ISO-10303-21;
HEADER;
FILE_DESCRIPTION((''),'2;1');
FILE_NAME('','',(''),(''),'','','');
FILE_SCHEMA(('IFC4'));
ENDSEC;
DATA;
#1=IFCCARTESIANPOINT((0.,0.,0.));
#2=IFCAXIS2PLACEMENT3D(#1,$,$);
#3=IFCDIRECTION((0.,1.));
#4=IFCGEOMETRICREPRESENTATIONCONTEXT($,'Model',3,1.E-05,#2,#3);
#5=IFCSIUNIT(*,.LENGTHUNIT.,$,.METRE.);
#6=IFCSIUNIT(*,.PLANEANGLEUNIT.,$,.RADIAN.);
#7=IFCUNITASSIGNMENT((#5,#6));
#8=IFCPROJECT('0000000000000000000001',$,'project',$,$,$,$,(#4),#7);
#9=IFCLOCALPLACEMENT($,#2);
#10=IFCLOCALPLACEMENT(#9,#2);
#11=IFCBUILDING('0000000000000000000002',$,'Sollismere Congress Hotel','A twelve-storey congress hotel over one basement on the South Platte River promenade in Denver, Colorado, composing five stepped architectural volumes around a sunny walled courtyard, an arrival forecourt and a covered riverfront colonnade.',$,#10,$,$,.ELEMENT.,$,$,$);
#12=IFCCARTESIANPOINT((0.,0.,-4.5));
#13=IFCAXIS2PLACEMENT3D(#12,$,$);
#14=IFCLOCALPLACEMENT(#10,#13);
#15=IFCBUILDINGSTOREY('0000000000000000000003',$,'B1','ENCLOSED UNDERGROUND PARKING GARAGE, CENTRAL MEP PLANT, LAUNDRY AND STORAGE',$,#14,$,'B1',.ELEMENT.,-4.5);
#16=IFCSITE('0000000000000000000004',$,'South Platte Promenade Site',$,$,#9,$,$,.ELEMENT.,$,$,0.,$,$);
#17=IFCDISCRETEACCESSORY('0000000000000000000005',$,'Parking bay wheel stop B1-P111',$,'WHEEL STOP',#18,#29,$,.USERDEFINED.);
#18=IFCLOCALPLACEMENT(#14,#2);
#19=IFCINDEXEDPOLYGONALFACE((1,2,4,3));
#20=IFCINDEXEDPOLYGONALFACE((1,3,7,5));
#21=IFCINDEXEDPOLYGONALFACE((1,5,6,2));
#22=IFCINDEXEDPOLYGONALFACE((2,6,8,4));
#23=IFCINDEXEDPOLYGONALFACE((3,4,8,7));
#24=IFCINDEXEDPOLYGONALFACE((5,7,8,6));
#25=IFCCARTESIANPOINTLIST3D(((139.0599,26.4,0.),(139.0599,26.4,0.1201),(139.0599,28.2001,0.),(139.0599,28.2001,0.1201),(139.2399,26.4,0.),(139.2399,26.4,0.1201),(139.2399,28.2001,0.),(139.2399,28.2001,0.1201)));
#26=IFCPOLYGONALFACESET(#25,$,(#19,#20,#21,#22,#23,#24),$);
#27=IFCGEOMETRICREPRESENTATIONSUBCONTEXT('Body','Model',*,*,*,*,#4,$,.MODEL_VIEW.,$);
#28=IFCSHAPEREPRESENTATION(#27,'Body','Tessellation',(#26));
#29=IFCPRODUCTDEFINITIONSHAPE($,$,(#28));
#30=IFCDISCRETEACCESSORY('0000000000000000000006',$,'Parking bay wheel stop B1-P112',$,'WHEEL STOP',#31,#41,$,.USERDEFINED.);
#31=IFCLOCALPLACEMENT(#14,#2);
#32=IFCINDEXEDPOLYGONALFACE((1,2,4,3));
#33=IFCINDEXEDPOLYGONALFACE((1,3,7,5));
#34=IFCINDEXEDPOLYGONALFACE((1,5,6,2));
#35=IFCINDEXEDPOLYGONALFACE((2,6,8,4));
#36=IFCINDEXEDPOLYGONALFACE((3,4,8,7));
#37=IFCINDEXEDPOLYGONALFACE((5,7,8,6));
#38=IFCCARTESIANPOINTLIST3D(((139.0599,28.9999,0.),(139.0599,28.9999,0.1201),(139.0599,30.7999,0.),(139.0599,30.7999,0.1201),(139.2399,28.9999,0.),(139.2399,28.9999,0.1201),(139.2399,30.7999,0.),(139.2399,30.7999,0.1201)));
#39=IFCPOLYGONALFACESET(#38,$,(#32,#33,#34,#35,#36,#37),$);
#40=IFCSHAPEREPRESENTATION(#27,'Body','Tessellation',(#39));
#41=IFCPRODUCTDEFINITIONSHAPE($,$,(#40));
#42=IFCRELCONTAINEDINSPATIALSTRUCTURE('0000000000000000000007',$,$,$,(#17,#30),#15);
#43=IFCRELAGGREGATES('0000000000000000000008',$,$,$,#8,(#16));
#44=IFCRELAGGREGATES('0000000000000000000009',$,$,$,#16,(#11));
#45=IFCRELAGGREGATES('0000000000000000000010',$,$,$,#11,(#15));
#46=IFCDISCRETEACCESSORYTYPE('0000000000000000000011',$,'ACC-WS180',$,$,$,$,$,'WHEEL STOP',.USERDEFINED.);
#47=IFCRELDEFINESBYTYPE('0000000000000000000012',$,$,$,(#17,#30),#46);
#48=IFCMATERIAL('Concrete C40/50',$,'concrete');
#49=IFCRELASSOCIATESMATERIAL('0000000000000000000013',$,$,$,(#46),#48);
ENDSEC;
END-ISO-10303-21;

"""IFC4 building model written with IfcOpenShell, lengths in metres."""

from ifc_helpers import new_model, si_unit, direction, frame, origin, origin_2d, place, context, subcontext, project, spatial, rectangle, extrude, material, type_object, element, save


model = new_model("IFC4")

# Units and contexts
model_context = context("Model", 3, precision=1e-05, world=origin(), true_north=direction((0.0, 1.0)))
body_context = subcontext(model_context, "Body", "Model", "MODEL_VIEW")
ifc_project = project(units=[si_unit("LENGTHUNIT", "METRE"), si_unit("PLANEANGLEUNIT", "RADIAN")], contexts=[model_context])

# Site, building, storey
site_placement = place(None, origin())
site = spatial("IfcSite", under=ifc_project, at=site_placement, Name="South Platte Promenade Site", CompositionType="ELEMENT", RefElevation=0.0)
building_placement = place(site_placement, origin())
building = spatial("IfcBuilding", under=site, at=building_placement, Name="Sollismere Congress Hotel", Description="A twelve-storey congress hotel over one basement on the South Platte River promenade in Denver, Colorado, composing five stepped architectural volumes around a sunny walled courtyard, an arrival forecourt and a covered riverfront colonnade.", CompositionType="ELEMENT")
storey_placement = place(building_placement, frame((0.0, 0.0, -4.5)))
storey = spatial("IfcBuildingStorey", under=building, at=storey_placement, Name="B1", Description="ENCLOSED UNDERGROUND PARKING GARAGE, CENTRAL MEP PLANT, LAUNDRY AND STORAGE", LongName="B1", CompositionType="ELEMENT", Elevation=-4.5)

# Shared definitions
ifc_material_1 = material(Name="Concrete C40/50", Category="concrete")

# Discrete accessories
discrete_accessory_type = type_object("IfcDiscreteAccessoryType", Name="ACC-WS180", ElementType="WHEEL STOP", PredefinedType="USERDEFINED", material=ifc_material_1)
for number, where, z_axis, x_axis, name in (
    (1, (139.1499, 27.3, 0.0), (0.0, 0.0, 1.0), (1.0, 0.0, 0.0), "Parking bay wheel stop B1-P111"),
    (2, (139.1499, 29.8999, 0.0), (0.0, 0.0, 1.0), (1.0, 0.0, 0.0), "Parking bay wheel stop B1-P112"),
):
    element("IfcDiscreteAccessory", number, at=place(storey_placement, frame(where, z_axis=z_axis, x_axis=x_axis)), inside=storey, type_object=discrete_accessory_type, Name=name, ObjectType="WHEEL STOP", PredefinedType="USERDEFINED", context=body_context, shape_type="SweptSolid", body=[
        extrude(rectangle(XDim=0.1799, YDim=1.8, at=origin_2d()), origin(), (0.0, 0.0, 1.0), 0.1201),
    ])

save(model, "model.ifc")
